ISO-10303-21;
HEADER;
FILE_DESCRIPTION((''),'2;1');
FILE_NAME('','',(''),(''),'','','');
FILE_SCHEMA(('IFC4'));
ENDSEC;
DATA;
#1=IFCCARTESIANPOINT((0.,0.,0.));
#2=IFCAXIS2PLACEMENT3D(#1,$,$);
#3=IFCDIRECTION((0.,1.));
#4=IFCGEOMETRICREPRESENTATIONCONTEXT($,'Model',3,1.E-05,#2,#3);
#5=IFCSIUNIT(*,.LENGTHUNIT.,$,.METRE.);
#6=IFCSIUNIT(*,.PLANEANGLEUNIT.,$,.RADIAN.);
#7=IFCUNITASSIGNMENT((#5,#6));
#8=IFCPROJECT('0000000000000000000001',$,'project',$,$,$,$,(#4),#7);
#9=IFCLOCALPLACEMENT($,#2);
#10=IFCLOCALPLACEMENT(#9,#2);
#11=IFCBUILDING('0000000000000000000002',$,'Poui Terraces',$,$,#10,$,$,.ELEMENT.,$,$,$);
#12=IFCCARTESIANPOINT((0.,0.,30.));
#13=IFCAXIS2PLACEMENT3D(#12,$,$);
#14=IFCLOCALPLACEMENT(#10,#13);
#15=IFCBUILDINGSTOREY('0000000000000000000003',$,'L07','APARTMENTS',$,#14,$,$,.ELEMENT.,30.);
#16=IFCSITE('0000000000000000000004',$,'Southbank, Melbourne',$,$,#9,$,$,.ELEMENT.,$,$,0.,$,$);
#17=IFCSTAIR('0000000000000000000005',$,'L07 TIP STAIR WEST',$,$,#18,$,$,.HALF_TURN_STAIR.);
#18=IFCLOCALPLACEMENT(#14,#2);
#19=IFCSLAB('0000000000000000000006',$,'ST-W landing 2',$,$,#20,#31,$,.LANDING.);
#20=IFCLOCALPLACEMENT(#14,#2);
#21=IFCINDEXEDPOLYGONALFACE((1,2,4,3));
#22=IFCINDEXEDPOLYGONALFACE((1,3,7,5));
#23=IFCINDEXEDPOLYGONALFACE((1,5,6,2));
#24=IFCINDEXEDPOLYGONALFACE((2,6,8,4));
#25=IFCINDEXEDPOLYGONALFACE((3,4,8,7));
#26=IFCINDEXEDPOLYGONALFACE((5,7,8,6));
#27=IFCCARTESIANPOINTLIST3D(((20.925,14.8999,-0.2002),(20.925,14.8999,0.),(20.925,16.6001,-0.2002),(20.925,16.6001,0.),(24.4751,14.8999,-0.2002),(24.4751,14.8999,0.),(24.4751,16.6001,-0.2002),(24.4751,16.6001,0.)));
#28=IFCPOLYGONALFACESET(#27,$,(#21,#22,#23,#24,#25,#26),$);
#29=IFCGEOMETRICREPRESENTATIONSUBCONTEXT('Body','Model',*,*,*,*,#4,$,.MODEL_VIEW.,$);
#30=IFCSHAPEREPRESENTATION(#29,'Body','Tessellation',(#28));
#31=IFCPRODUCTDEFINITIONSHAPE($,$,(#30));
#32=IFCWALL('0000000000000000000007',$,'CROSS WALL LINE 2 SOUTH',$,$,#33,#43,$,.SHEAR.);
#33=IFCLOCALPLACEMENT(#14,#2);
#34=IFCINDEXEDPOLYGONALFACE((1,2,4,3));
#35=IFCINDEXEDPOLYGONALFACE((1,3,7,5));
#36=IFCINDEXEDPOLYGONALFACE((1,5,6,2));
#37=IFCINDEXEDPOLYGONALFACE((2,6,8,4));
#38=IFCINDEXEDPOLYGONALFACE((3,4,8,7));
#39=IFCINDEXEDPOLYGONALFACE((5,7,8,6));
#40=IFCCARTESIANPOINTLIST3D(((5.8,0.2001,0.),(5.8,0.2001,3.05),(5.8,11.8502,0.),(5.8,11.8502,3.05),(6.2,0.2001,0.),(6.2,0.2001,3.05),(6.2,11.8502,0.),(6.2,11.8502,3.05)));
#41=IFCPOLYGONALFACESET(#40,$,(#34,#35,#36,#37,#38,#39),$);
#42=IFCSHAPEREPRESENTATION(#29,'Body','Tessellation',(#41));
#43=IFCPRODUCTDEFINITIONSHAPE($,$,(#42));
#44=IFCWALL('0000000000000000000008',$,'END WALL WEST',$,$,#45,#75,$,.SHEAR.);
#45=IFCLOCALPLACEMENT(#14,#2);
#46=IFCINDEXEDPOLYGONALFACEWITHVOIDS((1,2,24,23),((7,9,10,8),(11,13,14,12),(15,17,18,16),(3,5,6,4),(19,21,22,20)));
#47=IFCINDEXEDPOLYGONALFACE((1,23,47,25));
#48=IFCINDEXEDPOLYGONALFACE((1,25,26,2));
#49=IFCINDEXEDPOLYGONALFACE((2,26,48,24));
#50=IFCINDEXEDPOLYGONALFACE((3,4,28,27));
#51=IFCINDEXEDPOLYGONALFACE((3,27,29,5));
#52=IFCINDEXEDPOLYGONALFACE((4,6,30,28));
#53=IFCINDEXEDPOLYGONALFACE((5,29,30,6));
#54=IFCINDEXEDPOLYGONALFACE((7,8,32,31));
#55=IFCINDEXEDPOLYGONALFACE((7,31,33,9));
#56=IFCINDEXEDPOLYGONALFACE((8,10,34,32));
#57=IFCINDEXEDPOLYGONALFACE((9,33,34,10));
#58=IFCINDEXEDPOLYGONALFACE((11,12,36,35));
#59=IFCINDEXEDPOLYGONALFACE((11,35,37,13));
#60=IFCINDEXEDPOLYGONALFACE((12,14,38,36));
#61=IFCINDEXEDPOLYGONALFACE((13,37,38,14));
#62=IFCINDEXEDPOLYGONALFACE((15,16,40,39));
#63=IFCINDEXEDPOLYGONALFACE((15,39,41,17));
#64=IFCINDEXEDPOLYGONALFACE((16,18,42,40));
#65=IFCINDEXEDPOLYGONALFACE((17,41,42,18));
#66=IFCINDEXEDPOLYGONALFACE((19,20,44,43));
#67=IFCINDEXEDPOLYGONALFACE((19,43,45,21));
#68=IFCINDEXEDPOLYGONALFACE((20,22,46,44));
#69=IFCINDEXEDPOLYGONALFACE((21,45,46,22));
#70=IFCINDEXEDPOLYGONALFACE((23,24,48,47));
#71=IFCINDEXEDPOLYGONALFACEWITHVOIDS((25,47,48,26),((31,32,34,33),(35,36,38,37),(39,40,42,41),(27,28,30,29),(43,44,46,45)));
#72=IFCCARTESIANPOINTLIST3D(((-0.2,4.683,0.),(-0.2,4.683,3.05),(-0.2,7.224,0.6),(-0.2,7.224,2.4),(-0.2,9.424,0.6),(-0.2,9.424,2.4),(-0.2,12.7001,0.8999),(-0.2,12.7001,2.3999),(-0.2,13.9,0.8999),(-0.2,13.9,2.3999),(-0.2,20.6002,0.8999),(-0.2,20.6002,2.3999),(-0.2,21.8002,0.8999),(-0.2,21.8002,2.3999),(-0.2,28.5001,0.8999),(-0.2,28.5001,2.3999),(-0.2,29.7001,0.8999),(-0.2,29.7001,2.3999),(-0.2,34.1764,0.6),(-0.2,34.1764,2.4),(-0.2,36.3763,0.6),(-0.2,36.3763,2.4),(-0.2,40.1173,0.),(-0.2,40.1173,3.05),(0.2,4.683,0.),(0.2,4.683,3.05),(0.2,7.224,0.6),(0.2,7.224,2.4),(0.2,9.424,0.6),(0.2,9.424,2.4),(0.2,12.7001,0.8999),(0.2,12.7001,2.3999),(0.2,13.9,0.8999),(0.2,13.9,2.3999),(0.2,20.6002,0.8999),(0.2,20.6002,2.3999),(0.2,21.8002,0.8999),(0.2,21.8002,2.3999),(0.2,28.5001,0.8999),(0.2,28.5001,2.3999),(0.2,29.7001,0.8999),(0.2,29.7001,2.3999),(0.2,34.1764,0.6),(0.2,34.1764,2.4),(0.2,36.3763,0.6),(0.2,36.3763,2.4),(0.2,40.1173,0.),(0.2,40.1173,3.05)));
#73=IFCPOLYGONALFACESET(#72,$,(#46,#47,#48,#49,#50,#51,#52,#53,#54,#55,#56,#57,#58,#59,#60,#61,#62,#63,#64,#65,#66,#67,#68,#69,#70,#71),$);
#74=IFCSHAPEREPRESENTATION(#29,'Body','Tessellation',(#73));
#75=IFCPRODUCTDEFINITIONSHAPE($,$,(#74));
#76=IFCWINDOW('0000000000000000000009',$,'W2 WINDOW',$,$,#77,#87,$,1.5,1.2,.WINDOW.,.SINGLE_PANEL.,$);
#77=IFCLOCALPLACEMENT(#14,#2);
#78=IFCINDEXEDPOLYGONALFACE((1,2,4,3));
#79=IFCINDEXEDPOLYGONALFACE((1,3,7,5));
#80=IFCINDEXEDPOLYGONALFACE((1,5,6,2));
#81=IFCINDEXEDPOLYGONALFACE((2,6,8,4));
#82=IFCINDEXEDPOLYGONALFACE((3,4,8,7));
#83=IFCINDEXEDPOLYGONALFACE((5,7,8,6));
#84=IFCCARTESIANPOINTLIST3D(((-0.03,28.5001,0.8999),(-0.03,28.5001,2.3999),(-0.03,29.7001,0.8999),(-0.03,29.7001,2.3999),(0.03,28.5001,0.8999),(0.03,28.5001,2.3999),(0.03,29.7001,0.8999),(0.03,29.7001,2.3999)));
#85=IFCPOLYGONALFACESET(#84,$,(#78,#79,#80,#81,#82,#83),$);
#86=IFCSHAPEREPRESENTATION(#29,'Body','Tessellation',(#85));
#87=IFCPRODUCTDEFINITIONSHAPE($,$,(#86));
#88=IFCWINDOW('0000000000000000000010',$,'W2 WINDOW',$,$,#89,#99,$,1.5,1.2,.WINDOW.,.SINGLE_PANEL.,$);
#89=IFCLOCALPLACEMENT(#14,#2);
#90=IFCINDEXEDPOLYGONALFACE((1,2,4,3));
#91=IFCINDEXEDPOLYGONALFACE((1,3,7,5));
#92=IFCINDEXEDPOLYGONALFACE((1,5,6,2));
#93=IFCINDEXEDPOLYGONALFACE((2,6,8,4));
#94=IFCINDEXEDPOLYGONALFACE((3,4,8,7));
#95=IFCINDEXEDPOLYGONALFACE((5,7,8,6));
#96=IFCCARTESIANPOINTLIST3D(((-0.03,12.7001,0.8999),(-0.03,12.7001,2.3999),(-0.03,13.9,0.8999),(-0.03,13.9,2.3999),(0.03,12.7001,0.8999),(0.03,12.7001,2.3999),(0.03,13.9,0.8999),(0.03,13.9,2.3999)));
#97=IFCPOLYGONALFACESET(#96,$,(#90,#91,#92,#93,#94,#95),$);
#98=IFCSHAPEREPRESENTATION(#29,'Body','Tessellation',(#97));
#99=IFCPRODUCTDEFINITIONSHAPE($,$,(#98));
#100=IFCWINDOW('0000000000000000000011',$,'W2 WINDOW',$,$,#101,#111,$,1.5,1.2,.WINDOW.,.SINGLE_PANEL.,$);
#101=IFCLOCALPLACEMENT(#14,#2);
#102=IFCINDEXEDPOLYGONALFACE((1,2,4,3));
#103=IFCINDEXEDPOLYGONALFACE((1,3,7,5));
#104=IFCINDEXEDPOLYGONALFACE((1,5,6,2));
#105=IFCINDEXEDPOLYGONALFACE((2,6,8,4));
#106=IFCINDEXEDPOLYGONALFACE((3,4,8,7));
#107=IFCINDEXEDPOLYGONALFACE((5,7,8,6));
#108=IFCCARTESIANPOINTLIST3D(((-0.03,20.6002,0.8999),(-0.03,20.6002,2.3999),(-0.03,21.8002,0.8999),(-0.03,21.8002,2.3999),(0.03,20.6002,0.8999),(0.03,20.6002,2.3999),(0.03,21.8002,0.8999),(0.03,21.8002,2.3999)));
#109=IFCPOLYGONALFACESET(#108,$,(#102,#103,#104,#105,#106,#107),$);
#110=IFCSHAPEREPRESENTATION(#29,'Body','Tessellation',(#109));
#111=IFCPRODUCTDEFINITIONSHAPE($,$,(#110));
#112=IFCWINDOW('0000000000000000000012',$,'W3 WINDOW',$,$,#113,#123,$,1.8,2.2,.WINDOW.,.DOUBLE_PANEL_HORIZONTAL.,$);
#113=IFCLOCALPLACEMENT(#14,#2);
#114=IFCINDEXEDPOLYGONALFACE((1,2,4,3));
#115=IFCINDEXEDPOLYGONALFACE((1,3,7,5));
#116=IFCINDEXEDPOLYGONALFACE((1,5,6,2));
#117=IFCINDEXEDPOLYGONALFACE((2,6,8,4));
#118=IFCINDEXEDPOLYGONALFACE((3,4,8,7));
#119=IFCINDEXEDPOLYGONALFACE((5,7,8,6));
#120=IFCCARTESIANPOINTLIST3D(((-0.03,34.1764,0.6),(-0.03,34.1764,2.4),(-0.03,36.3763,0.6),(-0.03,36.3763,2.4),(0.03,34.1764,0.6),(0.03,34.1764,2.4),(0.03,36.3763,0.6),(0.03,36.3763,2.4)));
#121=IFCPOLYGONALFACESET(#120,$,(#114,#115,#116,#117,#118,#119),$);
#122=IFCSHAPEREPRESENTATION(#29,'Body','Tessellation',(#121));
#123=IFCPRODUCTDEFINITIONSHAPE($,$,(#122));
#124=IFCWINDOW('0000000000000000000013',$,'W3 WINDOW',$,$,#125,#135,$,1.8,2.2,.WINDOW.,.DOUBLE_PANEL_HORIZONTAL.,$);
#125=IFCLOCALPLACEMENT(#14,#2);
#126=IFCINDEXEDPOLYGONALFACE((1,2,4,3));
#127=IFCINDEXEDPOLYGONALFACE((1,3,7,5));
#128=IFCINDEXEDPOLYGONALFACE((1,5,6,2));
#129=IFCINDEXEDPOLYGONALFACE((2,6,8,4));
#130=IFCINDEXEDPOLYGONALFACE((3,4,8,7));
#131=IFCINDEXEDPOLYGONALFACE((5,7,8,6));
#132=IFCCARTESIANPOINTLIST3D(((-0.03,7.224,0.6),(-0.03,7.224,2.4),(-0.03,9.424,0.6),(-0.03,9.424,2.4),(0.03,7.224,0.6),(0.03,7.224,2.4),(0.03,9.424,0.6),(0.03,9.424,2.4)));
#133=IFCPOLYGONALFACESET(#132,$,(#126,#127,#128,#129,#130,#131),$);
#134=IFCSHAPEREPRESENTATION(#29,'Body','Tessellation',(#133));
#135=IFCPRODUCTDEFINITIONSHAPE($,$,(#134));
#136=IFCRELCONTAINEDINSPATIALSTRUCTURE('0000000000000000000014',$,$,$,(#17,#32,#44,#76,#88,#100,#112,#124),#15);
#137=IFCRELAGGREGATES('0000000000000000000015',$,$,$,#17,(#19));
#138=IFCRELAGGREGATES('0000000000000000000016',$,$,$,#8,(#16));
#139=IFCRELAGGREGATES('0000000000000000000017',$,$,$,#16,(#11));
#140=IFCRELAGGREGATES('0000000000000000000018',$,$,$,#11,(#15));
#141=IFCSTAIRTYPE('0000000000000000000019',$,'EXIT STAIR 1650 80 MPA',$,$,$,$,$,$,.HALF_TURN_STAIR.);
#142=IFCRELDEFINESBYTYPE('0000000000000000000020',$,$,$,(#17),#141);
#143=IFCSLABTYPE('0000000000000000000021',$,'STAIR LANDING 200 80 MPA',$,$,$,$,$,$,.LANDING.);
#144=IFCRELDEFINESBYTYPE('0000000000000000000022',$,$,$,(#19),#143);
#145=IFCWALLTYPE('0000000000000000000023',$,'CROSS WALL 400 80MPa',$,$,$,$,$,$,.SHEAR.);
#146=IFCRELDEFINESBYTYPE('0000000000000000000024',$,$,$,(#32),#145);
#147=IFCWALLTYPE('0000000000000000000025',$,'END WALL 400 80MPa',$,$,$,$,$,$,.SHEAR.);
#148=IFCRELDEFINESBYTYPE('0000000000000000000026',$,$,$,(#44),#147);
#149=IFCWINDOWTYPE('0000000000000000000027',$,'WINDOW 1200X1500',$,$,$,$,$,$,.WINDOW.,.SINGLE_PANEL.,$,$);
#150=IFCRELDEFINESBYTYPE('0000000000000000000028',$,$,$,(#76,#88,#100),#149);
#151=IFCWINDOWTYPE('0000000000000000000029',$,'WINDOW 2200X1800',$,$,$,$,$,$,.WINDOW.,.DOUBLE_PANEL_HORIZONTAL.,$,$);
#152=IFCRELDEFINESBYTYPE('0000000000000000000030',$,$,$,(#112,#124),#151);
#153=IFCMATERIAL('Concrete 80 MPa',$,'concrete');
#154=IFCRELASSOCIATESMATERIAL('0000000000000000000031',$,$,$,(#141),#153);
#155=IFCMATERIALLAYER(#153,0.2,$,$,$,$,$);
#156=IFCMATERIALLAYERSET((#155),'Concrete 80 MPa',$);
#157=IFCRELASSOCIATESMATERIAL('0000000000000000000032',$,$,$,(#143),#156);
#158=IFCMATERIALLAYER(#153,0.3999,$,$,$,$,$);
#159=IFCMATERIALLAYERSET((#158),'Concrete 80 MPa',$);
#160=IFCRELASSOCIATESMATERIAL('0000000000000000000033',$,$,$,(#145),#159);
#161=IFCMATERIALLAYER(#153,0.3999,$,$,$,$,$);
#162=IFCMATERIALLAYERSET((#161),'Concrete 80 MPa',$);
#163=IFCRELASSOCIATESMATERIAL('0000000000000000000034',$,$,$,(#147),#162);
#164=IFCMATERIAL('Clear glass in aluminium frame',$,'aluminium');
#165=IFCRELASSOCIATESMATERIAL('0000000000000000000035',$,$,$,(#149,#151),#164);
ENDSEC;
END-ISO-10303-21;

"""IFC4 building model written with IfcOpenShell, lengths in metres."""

from ifc_helpers import new_model, si_unit, direction, frame, frame_2d, origin, place, context, subcontext, project, spatial, polyline, rectangle, outline, extrude, material, layer, layer_set, type_object, element, fill, aggregate, save


model = new_model("IFC4")

# Units and contexts
model_context = context("Model", 3, precision=1e-05, world=origin(), true_north=direction((0.0, 1.0)))
body_context = subcontext(model_context, "Body", "Model", "MODEL_VIEW")
ifc_project = project(units=[si_unit("LENGTHUNIT", "METRE"), si_unit("PLANEANGLEUNIT", "RADIAN")], contexts=[model_context])

# Site, building, storey
site_placement = place(None, origin())
site = spatial("IfcSite", under=ifc_project, at=site_placement, Name="Southbank, Melbourne", CompositionType="ELEMENT", RefElevation=0.0)
building_placement = place(site_placement, origin())
building = spatial("IfcBuilding", under=site, at=building_placement, Name="Poui Terraces", CompositionType="ELEMENT")
storey_placement = place(building_placement, frame((0.0, 0.0, 30.0)))
storey = spatial("IfcBuildingStorey", under=building, at=storey_placement, Name="L07", Description="APARTMENTS", CompositionType="ELEMENT", Elevation=30.0)

# Stair, slab
ifc_material_1 = material(Name="Concrete 80 MPa", Category="concrete")
stair_type = type_object("IfcStairType", Name="EXIT STAIR 1650 80 MPA", PredefinedType="HALF_TURN_STAIR", material=ifc_material_1)
stair_placement = place(storey_placement, origin())
stair = element("IfcStair", 1, at=stair_placement, inside=storey, type_object=stair_type, Name="L07 TIP STAIR WEST", PredefinedType="HALF_TURN_STAIR")
ifc_layer_1 = layer(ifc_material_1, 0.2)
ifc_layer_set_1 = layer_set([ifc_layer_1], Name="Concrete 80 MPa")
slab_type = type_object("IfcSlabType", Name="STAIR LANDING 200 80 MPA", PredefinedType="LANDING", material=ifc_layer_set_1)
slab_placement = place(storey_placement, frame((0.0, 0.0, -0.2002)))
slab = element("IfcSlab", 2, at=slab_placement, type_object=slab_type, Name="ST-W landing 2", PredefinedType="LANDING", context=body_context, shape_type="SweptSolid", body=[
    extrude(outline(polyline([(20.925, 14.8999), (24.4751, 14.8999), (24.4751, 16.6001), (20.925, 16.6001), (20.925, 14.8999)])), origin(), (0.0, 0.0, 1.0), 0.2002),
])
aggregate(stair, [slab])

# Wall
ifc_layer_2 = layer(ifc_material_1, 0.3999)
ifc_layer_set_2 = layer_set([ifc_layer_2], Name="Concrete 80 MPa")
wall_type_1 = type_object("IfcWallType", Name="CROSS WALL 400 80MPa", PredefinedType="SHEAR", material=ifc_layer_set_2)
wall_1_placement = place(storey_placement, frame((6.0, 0.2, 0.0), z_axis=(0.0, 0.0, 1.0), x_axis=(0.0, 1.0, 0.0)))
element("IfcWall", 3, at=wall_1_placement, inside=storey, type_object=wall_type_1, Name="CROSS WALL LINE 2 SOUTH", PredefinedType="SHEAR", context=body_context, shape_type="SweptSolid", body=[
    extrude(rectangle(XDim=11.6501, YDim=0.3999, at=frame_2d((5.8252, 0.0))), origin(), (0.0, 0.0, 1.0), 3.05),
])

# Wall, openings, windows
ifc_layer_3 = layer(ifc_material_1, 0.3999)
ifc_layer_set_3 = layer_set([ifc_layer_3], Name="Concrete 80 MPa")
wall_type_2 = type_object("IfcWallType", Name="END WALL 400 80MPa", PredefinedType="SHEAR", material=ifc_layer_set_3)
wall_2_placement = place(storey_placement, frame((0.0, 4.6829, 0.0), z_axis=(0.0, 0.0, 1.0), x_axis=(0.0, 1.0, 0.0)))
wall_2 = element("IfcWall", 4, at=wall_2_placement, inside=storey, type_object=wall_type_2, Name="END WALL WEST", PredefinedType="SHEAR", context=body_context, shape_type="SweptSolid", body=[
    extrude(rectangle(XDim=35.4343, YDim=0.3999, at=frame_2d((17.7173, 0.0))), origin(), (0.0, 0.0, 1.0), 3.05),
])
opening_1_placement = place(wall_2_placement, frame((23.8171, 0.0, 0.8999)))
opening_1 = element("IfcOpeningElement", 5, at=opening_1_placement, cuts=wall_2, PredefinedType="OPENING", context=body_context, shape_type="SweptSolid", body=[
    extrude(rectangle(XDim=1.2, YDim=1.5, at=frame_2d((0.6001, 0.75))), frame((0.0, 0.21, 0.0), z_axis=(0.0, -1.0, 0.0), x_axis=(1.0, 0.0, 0.0)), (0.0, 0.0, 1.0), 0.4199),
])
opening_2_placement = place(wall_2_placement, frame((8.0171, 0.0, 0.8999)))
opening_2 = element("IfcOpeningElement", 6, at=opening_2_placement, cuts=wall_2, PredefinedType="OPENING", context=body_context, shape_type="SweptSolid", body=[
    extrude(rectangle(XDim=1.2, YDim=1.5, at=frame_2d((0.6001, 0.75))), frame((0.0, 0.21, 0.0), z_axis=(0.0, -1.0, 0.0), x_axis=(1.0, 0.0, 0.0)), (0.0, 0.0, 1.0), 0.4199),
])
opening_3_placement = place(wall_2_placement, frame((15.9172, 0.0, 0.8999)))
opening_3 = element("IfcOpeningElement", 7, at=opening_3_placement, cuts=wall_2, PredefinedType="OPENING", context=body_context, shape_type="SweptSolid", body=[
    extrude(rectangle(XDim=1.2, YDim=1.5, at=frame_2d((0.6001, 0.75))), frame((0.0, 0.21, 0.0), z_axis=(0.0, -1.0, 0.0), x_axis=(1.0, 0.0, 0.0)), (0.0, 0.0, 1.0), 0.4199),
])
opening_4_placement = place(wall_2_placement, frame((29.4934, 0.0, 0.6001)))
opening_4 = element("IfcOpeningElement", 8, at=opening_4_placement, cuts=wall_2, PredefinedType="OPENING", context=body_context, shape_type="SweptSolid", body=[
    extrude(rectangle(XDim=2.2, YDim=1.8, at=frame_2d((1.1001, 0.8999))), frame((0.0, 0.21, 0.0), z_axis=(0.0, -1.0, 0.0), x_axis=(1.0, 0.0, 0.0)), (0.0, 0.0, 1.0), 0.4199),
])
opening_5_placement = place(wall_2_placement, frame((2.541, 0.0, 0.6001)))
opening_5 = element("IfcOpeningElement", 9, at=opening_5_placement, cuts=wall_2, PredefinedType="OPENING", context=body_context, shape_type="SweptSolid", body=[
    extrude(rectangle(XDim=2.2, YDim=1.8, at=frame_2d((1.1001, 0.8999))), frame((0.0, 0.21, 0.0), z_axis=(0.0, -1.0, 0.0), x_axis=(1.0, 0.0, 0.0)), (0.0, 0.0, 1.0), 0.4199),
])
ifc_material_2 = material(Name="Clear glass in aluminium frame", Category="aluminium")
window_type_1 = type_object("IfcWindowType", Name="WINDOW 1200X1500", PartitioningType="SINGLE_PANEL", PredefinedType="WINDOW", material=ifc_material_2)
window_1_placement = place(opening_1_placement, origin())
window_1 = element("IfcWindow", 10, at=window_1_placement, inside=storey, type_object=window_type_1, Name="W2 WINDOW", OverallHeight=1.5, OverallWidth=1.2, PartitioningType="SINGLE_PANEL", PredefinedType="WINDOW", context=body_context, shape_type="SweptSolid", body=[
    extrude(rectangle(XDim=1.2, YDim=1.5, at=frame_2d((0.6001, 0.75))), frame((0.0, 0.03, 0.0), z_axis=(0.0, -1.0, 0.0), x_axis=(1.0, 0.0, 0.0)), (0.0, 0.0, 1.0), 0.0601),
])
fill(opening_1, window_1)
window_2_placement = place(opening_2_placement, origin())
window_2 = element("IfcWindow", 11, at=window_2_placement, inside=storey, type_object=window_type_1, Name="W2 WINDOW", OverallHeight=1.5, OverallWidth=1.2, PartitioningType="SINGLE_PANEL", PredefinedType="WINDOW", context=body_context, shape_type="SweptSolid", body=[
    extrude(rectangle(XDim=1.2, YDim=1.5, at=frame_2d((0.6001, 0.75))), frame((0.0, 0.03, 0.0), z_axis=(0.0, -1.0, 0.0), x_axis=(1.0, 0.0, 0.0)), (0.0, 0.0, 1.0), 0.0601),
])
fill(opening_2, window_2)
window_3_placement = place(opening_3_placement, origin())
window_3 = element("IfcWindow", 12, at=window_3_placement, inside=storey, type_object=window_type_1, Name="W2 WINDOW", OverallHeight=1.5, OverallWidth=1.2, PartitioningType="SINGLE_PANEL", PredefinedType="WINDOW", context=body_context, shape_type="SweptSolid", body=[
    extrude(rectangle(XDim=1.2, YDim=1.5, at=frame_2d((0.6001, 0.75))), frame((0.0, 0.03, 0.0), z_axis=(0.0, -1.0, 0.0), x_axis=(1.0, 0.0, 0.0)), (0.0, 0.0, 1.0), 0.0601),
])
fill(opening_3, window_3)
window_type_2 = type_object("IfcWindowType", Name="WINDOW 2200X1800", PartitioningType="DOUBLE_PANEL_HORIZONTAL", PredefinedType="WINDOW", material=ifc_material_2)
window_4_placement = place(opening_4_placement, origin())
window_4 = element("IfcWindow", 13, at=window_4_placement, inside=storey, type_object=window_type_2, Name="W3 WINDOW", OverallHeight=1.8, OverallWidth=2.2, PartitioningType="DOUBLE_PANEL_HORIZONTAL", PredefinedType="WINDOW", context=body_context, shape_type="SweptSolid", body=[
    extrude(rectangle(XDim=2.2, YDim=1.8, at=frame_2d((1.1001, 0.8999))), frame((0.0, 0.03, 0.0), z_axis=(0.0, -1.0, 0.0), x_axis=(1.0, 0.0, 0.0)), (0.0, 0.0, 1.0), 0.0601),
])
fill(opening_4, window_4)
window_5_placement = place(opening_5_placement, origin())
window_5 = element("IfcWindow", 14, at=window_5_placement, inside=storey, type_object=window_type_2, Name="W3 WINDOW", OverallHeight=1.8, OverallWidth=2.2, PartitioningType="DOUBLE_PANEL_HORIZONTAL", PredefinedType="WINDOW", context=body_context, shape_type="SweptSolid", body=[
    extrude(rectangle(XDim=2.2, YDim=1.8, at=frame_2d((1.1001, 0.8999))), frame((0.0, 0.03, 0.0), z_axis=(0.0, -1.0, 0.0), x_axis=(1.0, 0.0, 0.0)), (0.0, 0.0, 1.0), 0.0601),
])
fill(opening_5, window_5)

save(model, "model.ifc")
